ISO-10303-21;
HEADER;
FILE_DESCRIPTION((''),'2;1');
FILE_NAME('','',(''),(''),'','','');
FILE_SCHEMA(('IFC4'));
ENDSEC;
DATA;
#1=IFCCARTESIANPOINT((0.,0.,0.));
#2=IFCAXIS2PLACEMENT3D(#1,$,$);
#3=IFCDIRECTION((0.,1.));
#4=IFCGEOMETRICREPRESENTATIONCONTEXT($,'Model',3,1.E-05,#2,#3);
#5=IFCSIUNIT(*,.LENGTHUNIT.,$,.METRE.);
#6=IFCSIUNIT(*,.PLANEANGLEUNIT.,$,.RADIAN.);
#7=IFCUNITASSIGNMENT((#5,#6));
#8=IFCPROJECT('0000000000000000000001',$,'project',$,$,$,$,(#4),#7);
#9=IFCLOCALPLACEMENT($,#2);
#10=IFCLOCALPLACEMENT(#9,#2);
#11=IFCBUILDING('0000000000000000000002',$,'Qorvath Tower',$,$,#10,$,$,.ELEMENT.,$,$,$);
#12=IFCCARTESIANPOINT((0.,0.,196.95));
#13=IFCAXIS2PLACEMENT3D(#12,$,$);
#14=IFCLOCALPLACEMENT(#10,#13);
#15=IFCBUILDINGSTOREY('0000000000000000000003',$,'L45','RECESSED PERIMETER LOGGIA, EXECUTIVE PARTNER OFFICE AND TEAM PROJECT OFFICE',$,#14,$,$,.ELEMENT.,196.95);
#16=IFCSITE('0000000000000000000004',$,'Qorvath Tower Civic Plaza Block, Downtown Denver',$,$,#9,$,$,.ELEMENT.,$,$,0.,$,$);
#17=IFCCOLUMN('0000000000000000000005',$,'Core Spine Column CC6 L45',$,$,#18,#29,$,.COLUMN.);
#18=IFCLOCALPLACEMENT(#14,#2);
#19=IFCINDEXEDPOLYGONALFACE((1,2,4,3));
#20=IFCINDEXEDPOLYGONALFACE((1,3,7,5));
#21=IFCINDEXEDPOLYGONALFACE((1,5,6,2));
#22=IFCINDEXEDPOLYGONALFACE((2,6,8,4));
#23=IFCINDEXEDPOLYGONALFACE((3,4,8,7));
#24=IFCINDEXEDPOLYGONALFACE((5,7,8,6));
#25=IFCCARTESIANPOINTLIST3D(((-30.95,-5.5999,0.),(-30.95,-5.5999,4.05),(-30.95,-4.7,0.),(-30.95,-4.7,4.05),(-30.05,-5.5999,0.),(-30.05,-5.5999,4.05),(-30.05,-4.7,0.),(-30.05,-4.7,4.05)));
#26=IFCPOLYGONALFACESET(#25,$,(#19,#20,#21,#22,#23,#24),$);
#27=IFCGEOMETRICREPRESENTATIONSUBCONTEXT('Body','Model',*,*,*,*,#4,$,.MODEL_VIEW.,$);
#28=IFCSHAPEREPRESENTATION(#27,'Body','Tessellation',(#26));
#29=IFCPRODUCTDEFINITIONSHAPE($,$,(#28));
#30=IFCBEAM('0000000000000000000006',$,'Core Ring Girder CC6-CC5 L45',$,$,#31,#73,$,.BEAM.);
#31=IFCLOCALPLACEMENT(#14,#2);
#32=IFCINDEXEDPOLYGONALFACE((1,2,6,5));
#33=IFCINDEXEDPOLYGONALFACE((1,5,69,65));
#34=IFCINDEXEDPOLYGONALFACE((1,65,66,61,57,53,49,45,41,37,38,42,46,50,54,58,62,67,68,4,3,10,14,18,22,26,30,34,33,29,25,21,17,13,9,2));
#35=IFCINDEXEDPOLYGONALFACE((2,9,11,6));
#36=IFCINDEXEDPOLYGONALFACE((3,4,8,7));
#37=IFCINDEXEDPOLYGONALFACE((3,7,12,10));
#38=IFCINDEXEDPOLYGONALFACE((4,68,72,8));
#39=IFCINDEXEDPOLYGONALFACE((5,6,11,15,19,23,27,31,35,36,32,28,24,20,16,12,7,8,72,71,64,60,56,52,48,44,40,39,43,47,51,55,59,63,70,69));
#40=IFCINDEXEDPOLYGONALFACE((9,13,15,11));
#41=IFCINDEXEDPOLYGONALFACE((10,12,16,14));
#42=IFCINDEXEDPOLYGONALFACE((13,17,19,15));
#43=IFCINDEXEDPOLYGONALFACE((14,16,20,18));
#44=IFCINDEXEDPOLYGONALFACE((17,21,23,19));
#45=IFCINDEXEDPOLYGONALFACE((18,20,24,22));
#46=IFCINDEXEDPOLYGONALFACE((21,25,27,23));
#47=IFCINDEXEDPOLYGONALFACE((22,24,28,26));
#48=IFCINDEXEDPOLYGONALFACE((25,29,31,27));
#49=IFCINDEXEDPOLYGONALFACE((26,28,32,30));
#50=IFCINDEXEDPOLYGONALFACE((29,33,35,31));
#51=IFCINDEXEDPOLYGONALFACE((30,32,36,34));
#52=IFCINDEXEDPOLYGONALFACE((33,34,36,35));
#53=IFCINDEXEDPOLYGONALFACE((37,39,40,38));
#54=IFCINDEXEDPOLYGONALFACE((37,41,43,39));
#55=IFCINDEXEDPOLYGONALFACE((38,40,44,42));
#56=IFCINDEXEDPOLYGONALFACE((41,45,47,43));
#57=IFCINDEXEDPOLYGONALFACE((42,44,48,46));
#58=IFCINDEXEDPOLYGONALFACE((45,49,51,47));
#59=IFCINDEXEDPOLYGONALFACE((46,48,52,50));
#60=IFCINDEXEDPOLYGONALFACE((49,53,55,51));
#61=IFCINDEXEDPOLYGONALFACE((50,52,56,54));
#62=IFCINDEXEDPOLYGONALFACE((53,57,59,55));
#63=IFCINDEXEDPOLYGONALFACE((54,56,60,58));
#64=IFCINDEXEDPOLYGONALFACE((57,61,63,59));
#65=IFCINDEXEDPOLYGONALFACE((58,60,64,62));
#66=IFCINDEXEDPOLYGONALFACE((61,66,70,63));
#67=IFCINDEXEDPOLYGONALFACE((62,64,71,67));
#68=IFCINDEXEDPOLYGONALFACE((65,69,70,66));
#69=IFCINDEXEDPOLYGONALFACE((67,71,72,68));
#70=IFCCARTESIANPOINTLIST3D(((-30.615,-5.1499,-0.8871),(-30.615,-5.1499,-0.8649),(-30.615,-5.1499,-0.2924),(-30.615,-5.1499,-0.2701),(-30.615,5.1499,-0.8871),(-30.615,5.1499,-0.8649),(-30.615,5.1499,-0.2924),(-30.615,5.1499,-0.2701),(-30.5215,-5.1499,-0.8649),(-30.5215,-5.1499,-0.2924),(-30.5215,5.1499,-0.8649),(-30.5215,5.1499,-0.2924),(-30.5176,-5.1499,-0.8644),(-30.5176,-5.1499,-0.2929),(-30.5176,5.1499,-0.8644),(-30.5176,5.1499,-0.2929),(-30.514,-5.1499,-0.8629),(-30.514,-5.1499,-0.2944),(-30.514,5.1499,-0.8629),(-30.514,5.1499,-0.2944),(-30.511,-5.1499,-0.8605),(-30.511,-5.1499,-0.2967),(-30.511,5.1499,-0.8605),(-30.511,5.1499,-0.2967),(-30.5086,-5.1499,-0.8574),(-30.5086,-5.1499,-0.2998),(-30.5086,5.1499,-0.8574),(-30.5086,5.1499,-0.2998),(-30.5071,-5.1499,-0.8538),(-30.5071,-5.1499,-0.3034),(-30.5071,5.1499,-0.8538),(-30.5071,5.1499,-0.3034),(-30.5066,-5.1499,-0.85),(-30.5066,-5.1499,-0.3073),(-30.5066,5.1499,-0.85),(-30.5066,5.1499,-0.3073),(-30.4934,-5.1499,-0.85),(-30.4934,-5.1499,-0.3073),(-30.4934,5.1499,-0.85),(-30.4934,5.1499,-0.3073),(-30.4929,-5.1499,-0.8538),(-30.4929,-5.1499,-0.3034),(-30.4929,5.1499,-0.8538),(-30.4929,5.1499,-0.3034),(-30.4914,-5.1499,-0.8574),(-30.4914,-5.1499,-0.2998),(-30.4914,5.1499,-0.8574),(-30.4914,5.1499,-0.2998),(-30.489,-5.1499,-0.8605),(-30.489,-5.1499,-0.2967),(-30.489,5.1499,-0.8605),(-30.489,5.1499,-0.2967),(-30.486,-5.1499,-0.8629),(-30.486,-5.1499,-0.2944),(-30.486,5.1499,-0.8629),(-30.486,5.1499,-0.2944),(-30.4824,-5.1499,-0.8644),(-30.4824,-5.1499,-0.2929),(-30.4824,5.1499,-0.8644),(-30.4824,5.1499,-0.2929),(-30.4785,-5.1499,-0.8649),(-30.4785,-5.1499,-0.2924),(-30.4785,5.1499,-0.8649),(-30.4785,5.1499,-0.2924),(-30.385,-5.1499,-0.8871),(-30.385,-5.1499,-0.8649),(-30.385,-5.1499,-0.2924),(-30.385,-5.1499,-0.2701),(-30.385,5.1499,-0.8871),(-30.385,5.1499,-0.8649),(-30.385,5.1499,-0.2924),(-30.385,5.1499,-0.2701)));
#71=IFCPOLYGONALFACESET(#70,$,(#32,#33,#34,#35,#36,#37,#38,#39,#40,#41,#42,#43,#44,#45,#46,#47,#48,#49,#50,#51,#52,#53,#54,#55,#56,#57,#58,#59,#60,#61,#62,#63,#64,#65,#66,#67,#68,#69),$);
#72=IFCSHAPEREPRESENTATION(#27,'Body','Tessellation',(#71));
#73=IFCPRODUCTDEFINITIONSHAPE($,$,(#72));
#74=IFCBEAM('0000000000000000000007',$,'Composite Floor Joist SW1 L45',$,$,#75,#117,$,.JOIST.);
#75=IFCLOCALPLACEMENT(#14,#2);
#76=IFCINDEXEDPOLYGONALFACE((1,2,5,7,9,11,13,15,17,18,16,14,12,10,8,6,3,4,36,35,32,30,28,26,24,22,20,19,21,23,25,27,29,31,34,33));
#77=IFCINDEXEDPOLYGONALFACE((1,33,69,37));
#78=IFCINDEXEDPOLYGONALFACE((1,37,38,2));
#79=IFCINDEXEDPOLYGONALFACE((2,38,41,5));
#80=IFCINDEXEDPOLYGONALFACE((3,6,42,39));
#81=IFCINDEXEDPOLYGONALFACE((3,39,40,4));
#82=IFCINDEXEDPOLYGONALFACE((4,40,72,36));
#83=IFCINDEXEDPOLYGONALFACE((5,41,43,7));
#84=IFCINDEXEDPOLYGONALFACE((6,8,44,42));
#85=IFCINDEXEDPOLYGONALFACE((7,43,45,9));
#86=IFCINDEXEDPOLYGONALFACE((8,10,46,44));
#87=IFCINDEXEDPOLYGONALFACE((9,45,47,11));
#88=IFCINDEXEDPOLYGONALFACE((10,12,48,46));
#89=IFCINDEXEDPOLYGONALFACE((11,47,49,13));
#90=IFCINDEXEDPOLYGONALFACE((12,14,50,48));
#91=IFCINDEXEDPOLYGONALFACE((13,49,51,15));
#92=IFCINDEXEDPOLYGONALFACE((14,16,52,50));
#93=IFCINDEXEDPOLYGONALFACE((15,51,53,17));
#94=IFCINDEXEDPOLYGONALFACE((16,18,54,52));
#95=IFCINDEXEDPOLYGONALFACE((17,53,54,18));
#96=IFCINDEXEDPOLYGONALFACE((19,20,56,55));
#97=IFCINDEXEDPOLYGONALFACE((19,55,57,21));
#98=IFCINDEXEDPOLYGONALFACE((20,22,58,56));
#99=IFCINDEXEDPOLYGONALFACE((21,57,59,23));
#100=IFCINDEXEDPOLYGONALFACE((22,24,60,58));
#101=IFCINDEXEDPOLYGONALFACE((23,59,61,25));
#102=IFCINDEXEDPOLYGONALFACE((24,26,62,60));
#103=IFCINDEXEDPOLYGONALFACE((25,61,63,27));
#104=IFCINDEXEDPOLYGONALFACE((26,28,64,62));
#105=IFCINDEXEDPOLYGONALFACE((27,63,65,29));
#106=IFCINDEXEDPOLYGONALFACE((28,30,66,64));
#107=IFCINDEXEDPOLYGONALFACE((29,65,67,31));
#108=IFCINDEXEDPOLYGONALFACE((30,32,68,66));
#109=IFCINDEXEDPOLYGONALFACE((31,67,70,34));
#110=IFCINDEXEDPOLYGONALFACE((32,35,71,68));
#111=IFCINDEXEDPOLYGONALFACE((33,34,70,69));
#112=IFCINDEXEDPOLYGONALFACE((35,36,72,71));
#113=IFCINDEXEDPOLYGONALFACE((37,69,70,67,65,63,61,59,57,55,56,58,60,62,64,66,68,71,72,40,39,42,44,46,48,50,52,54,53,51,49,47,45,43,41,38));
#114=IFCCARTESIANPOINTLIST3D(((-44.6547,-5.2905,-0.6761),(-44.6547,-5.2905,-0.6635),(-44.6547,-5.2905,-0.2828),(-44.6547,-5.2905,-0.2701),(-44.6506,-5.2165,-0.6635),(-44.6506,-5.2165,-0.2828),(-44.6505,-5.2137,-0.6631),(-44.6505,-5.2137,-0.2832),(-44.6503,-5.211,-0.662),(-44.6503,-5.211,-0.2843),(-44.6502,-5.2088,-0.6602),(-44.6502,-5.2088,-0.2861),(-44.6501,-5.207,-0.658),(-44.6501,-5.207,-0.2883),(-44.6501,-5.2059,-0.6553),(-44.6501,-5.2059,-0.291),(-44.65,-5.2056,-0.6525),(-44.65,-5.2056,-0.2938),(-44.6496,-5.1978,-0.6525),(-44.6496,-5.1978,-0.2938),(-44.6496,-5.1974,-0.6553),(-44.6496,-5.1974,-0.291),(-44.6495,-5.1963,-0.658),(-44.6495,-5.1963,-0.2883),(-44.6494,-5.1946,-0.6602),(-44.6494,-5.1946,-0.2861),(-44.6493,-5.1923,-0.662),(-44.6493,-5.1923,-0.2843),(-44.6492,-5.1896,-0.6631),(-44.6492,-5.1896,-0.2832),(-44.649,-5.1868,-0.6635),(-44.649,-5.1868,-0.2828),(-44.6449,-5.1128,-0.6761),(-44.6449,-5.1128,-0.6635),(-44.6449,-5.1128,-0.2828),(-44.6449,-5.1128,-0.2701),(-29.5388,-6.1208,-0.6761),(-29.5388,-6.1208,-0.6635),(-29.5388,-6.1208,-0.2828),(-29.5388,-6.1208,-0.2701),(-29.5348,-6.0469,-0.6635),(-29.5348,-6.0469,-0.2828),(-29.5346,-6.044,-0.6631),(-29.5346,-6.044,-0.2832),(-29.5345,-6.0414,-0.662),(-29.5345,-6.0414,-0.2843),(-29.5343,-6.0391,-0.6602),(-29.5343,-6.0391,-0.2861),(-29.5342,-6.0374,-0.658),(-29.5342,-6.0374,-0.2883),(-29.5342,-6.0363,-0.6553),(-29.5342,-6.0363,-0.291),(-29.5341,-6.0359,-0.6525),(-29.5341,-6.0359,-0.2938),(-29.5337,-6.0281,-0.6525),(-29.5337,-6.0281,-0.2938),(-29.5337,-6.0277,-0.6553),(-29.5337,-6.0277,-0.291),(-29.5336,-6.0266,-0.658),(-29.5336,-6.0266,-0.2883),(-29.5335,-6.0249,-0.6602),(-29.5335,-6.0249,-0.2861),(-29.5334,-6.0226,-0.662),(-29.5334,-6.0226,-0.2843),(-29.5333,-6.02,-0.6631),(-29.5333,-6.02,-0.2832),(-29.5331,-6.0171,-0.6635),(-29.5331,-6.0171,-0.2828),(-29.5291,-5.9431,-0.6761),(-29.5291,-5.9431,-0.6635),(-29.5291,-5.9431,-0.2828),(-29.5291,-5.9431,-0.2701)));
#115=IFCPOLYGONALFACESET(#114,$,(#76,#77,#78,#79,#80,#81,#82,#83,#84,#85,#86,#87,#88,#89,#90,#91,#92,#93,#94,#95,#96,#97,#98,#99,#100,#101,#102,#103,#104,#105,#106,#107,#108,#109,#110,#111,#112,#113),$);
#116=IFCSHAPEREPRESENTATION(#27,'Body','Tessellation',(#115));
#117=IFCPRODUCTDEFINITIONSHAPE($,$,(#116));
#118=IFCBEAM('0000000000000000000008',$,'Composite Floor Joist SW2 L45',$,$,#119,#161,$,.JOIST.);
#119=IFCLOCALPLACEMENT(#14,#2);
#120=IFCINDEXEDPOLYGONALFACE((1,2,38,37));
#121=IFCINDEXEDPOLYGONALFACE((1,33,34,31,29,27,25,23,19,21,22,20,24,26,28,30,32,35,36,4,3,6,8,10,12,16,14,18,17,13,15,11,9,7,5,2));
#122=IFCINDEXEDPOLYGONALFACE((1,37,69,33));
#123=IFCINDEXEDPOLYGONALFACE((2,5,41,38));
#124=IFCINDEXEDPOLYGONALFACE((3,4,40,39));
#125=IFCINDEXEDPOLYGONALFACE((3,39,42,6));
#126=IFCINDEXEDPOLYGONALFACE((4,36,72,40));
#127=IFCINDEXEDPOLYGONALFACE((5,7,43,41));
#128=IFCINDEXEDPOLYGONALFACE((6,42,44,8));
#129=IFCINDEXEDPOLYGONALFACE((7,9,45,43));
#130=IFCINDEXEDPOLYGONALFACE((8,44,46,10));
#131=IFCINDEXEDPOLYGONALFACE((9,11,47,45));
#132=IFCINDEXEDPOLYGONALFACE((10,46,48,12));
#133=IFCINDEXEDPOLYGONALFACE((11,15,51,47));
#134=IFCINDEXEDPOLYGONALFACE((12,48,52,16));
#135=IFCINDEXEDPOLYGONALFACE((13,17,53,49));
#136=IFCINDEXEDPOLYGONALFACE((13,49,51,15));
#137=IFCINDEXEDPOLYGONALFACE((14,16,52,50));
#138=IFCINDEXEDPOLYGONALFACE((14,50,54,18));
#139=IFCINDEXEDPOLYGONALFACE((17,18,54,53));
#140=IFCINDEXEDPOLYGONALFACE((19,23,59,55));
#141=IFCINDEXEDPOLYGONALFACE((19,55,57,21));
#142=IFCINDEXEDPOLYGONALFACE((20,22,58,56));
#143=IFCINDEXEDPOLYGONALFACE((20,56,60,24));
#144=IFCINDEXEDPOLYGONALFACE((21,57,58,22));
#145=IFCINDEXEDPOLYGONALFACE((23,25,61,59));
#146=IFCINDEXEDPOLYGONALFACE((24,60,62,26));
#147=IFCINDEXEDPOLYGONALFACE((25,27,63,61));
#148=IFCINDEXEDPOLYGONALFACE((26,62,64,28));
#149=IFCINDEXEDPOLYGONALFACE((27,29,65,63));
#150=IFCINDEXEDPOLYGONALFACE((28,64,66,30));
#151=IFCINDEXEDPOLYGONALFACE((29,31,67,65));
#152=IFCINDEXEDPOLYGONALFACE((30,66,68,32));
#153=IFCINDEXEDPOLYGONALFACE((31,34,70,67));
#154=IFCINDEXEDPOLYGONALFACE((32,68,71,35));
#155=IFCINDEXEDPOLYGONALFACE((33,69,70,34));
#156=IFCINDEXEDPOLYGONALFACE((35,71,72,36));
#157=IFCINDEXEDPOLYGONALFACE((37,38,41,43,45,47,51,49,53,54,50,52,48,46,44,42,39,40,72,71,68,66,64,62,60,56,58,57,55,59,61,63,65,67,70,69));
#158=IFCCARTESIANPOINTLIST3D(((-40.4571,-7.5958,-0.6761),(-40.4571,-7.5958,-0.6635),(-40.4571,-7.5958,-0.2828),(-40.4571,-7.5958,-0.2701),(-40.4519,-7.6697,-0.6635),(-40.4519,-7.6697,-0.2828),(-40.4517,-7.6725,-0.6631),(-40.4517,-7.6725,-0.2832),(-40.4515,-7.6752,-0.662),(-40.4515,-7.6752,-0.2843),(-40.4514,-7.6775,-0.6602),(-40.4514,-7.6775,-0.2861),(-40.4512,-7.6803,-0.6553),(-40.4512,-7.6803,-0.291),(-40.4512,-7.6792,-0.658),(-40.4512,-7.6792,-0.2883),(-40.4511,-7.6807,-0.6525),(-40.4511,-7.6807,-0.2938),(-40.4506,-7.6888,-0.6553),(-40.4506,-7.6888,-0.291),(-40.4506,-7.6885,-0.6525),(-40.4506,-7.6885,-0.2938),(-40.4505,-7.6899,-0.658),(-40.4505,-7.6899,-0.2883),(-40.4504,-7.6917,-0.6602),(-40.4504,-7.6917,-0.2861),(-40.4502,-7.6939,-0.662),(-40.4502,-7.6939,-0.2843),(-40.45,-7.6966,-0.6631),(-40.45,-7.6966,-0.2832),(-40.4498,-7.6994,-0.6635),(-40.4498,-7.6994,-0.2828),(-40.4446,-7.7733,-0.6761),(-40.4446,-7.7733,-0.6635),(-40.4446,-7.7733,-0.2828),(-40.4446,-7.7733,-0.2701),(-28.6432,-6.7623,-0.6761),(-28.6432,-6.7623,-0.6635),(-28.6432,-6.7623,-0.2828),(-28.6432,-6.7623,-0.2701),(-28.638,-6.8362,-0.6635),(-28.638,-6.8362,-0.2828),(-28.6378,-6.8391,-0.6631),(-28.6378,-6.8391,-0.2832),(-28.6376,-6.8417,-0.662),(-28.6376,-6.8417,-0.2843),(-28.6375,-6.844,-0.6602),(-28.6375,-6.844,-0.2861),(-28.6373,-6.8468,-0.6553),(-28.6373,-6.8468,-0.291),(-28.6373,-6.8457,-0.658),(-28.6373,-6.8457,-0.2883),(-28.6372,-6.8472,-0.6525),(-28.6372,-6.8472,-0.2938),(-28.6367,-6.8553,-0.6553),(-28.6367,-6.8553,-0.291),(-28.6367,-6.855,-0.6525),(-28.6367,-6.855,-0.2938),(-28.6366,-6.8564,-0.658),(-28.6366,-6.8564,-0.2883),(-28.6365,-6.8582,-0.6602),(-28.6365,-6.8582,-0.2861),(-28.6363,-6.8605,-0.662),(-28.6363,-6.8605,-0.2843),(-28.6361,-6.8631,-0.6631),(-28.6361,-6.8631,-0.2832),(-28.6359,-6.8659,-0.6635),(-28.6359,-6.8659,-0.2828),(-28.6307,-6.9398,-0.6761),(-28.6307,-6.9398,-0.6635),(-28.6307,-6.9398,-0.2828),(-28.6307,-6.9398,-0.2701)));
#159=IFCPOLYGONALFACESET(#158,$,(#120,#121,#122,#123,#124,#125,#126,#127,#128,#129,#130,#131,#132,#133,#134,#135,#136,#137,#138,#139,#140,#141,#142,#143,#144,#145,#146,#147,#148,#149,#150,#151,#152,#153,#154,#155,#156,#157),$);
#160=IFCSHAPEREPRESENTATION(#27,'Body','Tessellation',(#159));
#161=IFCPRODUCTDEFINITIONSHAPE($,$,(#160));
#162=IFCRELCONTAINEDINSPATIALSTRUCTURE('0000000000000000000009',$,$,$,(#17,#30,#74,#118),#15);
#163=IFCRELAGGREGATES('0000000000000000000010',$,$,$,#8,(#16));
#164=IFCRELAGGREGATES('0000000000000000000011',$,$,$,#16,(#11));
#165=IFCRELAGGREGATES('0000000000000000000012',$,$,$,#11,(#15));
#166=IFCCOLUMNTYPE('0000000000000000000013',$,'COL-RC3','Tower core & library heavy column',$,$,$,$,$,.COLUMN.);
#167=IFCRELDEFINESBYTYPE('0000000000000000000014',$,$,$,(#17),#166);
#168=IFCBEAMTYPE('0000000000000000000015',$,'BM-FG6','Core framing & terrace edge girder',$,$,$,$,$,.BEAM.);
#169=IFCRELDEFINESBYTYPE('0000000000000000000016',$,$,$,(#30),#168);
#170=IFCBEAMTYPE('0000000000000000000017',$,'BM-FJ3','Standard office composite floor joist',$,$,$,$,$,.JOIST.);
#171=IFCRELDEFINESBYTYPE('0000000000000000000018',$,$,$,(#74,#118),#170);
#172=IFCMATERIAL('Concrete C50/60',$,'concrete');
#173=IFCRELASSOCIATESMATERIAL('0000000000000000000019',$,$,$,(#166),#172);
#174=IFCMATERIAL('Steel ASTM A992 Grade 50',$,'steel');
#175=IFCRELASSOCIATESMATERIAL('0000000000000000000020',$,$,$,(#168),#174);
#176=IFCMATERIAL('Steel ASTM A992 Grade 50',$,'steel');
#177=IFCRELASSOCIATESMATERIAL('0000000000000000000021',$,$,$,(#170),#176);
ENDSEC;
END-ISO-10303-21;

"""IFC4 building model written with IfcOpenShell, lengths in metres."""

from ifc_helpers import new_model, si_unit, direction, frame, origin, origin_2d, place, context, subcontext, project, spatial, rectangle, i_section, extrude, material, material_profile, profile_set, type_object, element, save


model = new_model("IFC4")

# Units and contexts
model_context = context("Model", 3, precision=1e-05, world=origin(), true_north=direction((0.0, 1.0)))
body_context = subcontext(model_context, "Body", "Model", "MODEL_VIEW")
ifc_project = project(units=[si_unit("LENGTHUNIT", "METRE"), si_unit("PLANEANGLEUNIT", "RADIAN")], contexts=[model_context])

# Site, building, storey
site_placement = place(None, origin())
site = spatial("IfcSite", under=ifc_project, at=site_placement, Name="Qorvath Tower Civic Plaza Block, Downtown Denver", CompositionType="ELEMENT", RefElevation=0.0)
building_placement = place(site_placement, origin())
building = spatial("IfcBuilding", under=site, at=building_placement, Name="Qorvath Tower", CompositionType="ELEMENT")
storey_placement = place(building_placement, frame((0.0, 0.0, 196.95)))
storey = spatial("IfcBuildingStorey", under=building, at=storey_placement, Name="L45", Description="RECESSED PERIMETER LOGGIA, EXECUTIVE PARTNER OFFICE AND TEAM PROJECT OFFICE", CompositionType="ELEMENT", Elevation=196.95)

# Column
ifc_material_1 = material(Name="Concrete C50/60", Category="concrete")
ifc_material_profile_1 = material_profile(ifc_material_1, rectangle(XDim=0.8999, YDim=0.8999, at=origin_2d()), Name="RC 900x900")
ifc_profile_set_1 = profile_set([ifc_material_profile_1], Name="Concrete C50/60")
column_type = type_object("IfcColumnType", Name="COL-RC3", Description="Tower core & library heavy column", PredefinedType="COLUMN", material=ifc_profile_set_1)
column_placement = place(storey_placement, frame((-30.5, -5.1499, 0.0), z_axis=(0.0, 0.0, 1.0), x_axis=(1.0, 0.0, 0.0)))
element("IfcColumn", 1, at=column_placement, inside=storey, type_object=column_type, Name="Core Spine Column CC6 L45", PredefinedType="COLUMN", context=body_context, shape_type="SweptSolid", body=[
    extrude(rectangle(XDim=0.8999, YDim=0.8999, at=origin_2d()), origin(), (0.0, 0.0, 1.0), 4.05),
])

# Beams
ifc_material_2 = material(Name="Steel ASTM A992 Grade 50", Category="steel")
ifc_material_profile_2 = material_profile(ifc_material_2, i_section(OverallWidth=0.23, OverallDepth=0.6169, WebThickness=0.0132, FlangeThickness=0.0222, FilletRadius=0.0149, at=origin_2d()), Name="W24x94")
ifc_profile_set_2 = profile_set([ifc_material_profile_2], Name="Steel ASTM A992 Grade 50")
beam_type_1 = type_object("IfcBeamType", Name="BM-FG6", Description="Core framing & terrace edge girder", PredefinedType="BEAM", material=ifc_profile_set_2)
beam_1_placement = place(storey_placement, frame((-30.5, -5.1499, -0.5786), z_axis=(0.0, 1.0, 0.0), x_axis=(-1.0, 0.0, 0.0)))
element("IfcBeam", 2, at=beam_1_placement, inside=storey, type_object=beam_type_1, Name="Core Ring Girder CC6-CC5 L45", PredefinedType="BEAM", context=body_context, shape_type="SweptSolid", body=[
    extrude(i_section(OverallWidth=0.23, OverallDepth=0.6169, WebThickness=0.0132, FlangeThickness=0.0222, FilletRadius=0.0149, at=origin_2d()), origin(), (0.0, 0.0, 1.0), 10.2998),
])
ifc_material_3 = material(Name="Steel ASTM A992 Grade 50", Category="steel")
ifc_material_profile_3 = material_profile(ifc_material_3, i_section(OverallWidth=0.178, OverallDepth=0.406, WebThickness=0.0078, FlangeThickness=0.0127, FilletRadius=0.011, at=origin_2d()), Name="W16x40")
ifc_profile_set_3 = profile_set([ifc_material_profile_3], Name="Steel ASTM A992 Grade 50")
beam_type_2 = type_object("IfcBeamType", Name="BM-FJ3", Description="Standard office composite floor joist", PredefinedType="JOIST", material=ifc_profile_set_3)
beam_2_placement = place(storey_placement, frame((-29.5339, -6.032, -0.4731), z_axis=(-0.998495, 0.054847, 0.0), x_axis=(-0.054847, -0.998495, 0.0)))
element("IfcBeam", 3, at=beam_2_placement, inside=storey, type_object=beam_type_2, Name="Composite Floor Joist SW1 L45", PredefinedType="JOIST", context=body_context, shape_type="SweptSolid", body=[
    extrude(i_section(OverallWidth=0.178, OverallDepth=0.406, WebThickness=0.0078, FlangeThickness=0.0127, FilletRadius=0.011, at=origin_2d()), origin(), (0.0, 0.0, 1.0), 15.1387),
])
beam_3_placement = place(storey_placement, frame((-28.637, -6.8511, -0.4731), z_axis=(-0.99752, -0.070377, 0.0), x_axis=(0.070377, -0.99752, 0.0)))
element("IfcBeam", 4, at=beam_3_placement, inside=storey, type_object=beam_type_2, Name="Composite Floor Joist SW2 L45", PredefinedType="JOIST", context=body_context, shape_type="SweptSolid", body=[
    extrude(i_section(OverallWidth=0.178, OverallDepth=0.406, WebThickness=0.0078, FlangeThickness=0.0127, FilletRadius=0.011, at=origin_2d()), origin(), (0.0, 0.0, 1.0), 11.8433),
])

save(model, "model.ifc")
